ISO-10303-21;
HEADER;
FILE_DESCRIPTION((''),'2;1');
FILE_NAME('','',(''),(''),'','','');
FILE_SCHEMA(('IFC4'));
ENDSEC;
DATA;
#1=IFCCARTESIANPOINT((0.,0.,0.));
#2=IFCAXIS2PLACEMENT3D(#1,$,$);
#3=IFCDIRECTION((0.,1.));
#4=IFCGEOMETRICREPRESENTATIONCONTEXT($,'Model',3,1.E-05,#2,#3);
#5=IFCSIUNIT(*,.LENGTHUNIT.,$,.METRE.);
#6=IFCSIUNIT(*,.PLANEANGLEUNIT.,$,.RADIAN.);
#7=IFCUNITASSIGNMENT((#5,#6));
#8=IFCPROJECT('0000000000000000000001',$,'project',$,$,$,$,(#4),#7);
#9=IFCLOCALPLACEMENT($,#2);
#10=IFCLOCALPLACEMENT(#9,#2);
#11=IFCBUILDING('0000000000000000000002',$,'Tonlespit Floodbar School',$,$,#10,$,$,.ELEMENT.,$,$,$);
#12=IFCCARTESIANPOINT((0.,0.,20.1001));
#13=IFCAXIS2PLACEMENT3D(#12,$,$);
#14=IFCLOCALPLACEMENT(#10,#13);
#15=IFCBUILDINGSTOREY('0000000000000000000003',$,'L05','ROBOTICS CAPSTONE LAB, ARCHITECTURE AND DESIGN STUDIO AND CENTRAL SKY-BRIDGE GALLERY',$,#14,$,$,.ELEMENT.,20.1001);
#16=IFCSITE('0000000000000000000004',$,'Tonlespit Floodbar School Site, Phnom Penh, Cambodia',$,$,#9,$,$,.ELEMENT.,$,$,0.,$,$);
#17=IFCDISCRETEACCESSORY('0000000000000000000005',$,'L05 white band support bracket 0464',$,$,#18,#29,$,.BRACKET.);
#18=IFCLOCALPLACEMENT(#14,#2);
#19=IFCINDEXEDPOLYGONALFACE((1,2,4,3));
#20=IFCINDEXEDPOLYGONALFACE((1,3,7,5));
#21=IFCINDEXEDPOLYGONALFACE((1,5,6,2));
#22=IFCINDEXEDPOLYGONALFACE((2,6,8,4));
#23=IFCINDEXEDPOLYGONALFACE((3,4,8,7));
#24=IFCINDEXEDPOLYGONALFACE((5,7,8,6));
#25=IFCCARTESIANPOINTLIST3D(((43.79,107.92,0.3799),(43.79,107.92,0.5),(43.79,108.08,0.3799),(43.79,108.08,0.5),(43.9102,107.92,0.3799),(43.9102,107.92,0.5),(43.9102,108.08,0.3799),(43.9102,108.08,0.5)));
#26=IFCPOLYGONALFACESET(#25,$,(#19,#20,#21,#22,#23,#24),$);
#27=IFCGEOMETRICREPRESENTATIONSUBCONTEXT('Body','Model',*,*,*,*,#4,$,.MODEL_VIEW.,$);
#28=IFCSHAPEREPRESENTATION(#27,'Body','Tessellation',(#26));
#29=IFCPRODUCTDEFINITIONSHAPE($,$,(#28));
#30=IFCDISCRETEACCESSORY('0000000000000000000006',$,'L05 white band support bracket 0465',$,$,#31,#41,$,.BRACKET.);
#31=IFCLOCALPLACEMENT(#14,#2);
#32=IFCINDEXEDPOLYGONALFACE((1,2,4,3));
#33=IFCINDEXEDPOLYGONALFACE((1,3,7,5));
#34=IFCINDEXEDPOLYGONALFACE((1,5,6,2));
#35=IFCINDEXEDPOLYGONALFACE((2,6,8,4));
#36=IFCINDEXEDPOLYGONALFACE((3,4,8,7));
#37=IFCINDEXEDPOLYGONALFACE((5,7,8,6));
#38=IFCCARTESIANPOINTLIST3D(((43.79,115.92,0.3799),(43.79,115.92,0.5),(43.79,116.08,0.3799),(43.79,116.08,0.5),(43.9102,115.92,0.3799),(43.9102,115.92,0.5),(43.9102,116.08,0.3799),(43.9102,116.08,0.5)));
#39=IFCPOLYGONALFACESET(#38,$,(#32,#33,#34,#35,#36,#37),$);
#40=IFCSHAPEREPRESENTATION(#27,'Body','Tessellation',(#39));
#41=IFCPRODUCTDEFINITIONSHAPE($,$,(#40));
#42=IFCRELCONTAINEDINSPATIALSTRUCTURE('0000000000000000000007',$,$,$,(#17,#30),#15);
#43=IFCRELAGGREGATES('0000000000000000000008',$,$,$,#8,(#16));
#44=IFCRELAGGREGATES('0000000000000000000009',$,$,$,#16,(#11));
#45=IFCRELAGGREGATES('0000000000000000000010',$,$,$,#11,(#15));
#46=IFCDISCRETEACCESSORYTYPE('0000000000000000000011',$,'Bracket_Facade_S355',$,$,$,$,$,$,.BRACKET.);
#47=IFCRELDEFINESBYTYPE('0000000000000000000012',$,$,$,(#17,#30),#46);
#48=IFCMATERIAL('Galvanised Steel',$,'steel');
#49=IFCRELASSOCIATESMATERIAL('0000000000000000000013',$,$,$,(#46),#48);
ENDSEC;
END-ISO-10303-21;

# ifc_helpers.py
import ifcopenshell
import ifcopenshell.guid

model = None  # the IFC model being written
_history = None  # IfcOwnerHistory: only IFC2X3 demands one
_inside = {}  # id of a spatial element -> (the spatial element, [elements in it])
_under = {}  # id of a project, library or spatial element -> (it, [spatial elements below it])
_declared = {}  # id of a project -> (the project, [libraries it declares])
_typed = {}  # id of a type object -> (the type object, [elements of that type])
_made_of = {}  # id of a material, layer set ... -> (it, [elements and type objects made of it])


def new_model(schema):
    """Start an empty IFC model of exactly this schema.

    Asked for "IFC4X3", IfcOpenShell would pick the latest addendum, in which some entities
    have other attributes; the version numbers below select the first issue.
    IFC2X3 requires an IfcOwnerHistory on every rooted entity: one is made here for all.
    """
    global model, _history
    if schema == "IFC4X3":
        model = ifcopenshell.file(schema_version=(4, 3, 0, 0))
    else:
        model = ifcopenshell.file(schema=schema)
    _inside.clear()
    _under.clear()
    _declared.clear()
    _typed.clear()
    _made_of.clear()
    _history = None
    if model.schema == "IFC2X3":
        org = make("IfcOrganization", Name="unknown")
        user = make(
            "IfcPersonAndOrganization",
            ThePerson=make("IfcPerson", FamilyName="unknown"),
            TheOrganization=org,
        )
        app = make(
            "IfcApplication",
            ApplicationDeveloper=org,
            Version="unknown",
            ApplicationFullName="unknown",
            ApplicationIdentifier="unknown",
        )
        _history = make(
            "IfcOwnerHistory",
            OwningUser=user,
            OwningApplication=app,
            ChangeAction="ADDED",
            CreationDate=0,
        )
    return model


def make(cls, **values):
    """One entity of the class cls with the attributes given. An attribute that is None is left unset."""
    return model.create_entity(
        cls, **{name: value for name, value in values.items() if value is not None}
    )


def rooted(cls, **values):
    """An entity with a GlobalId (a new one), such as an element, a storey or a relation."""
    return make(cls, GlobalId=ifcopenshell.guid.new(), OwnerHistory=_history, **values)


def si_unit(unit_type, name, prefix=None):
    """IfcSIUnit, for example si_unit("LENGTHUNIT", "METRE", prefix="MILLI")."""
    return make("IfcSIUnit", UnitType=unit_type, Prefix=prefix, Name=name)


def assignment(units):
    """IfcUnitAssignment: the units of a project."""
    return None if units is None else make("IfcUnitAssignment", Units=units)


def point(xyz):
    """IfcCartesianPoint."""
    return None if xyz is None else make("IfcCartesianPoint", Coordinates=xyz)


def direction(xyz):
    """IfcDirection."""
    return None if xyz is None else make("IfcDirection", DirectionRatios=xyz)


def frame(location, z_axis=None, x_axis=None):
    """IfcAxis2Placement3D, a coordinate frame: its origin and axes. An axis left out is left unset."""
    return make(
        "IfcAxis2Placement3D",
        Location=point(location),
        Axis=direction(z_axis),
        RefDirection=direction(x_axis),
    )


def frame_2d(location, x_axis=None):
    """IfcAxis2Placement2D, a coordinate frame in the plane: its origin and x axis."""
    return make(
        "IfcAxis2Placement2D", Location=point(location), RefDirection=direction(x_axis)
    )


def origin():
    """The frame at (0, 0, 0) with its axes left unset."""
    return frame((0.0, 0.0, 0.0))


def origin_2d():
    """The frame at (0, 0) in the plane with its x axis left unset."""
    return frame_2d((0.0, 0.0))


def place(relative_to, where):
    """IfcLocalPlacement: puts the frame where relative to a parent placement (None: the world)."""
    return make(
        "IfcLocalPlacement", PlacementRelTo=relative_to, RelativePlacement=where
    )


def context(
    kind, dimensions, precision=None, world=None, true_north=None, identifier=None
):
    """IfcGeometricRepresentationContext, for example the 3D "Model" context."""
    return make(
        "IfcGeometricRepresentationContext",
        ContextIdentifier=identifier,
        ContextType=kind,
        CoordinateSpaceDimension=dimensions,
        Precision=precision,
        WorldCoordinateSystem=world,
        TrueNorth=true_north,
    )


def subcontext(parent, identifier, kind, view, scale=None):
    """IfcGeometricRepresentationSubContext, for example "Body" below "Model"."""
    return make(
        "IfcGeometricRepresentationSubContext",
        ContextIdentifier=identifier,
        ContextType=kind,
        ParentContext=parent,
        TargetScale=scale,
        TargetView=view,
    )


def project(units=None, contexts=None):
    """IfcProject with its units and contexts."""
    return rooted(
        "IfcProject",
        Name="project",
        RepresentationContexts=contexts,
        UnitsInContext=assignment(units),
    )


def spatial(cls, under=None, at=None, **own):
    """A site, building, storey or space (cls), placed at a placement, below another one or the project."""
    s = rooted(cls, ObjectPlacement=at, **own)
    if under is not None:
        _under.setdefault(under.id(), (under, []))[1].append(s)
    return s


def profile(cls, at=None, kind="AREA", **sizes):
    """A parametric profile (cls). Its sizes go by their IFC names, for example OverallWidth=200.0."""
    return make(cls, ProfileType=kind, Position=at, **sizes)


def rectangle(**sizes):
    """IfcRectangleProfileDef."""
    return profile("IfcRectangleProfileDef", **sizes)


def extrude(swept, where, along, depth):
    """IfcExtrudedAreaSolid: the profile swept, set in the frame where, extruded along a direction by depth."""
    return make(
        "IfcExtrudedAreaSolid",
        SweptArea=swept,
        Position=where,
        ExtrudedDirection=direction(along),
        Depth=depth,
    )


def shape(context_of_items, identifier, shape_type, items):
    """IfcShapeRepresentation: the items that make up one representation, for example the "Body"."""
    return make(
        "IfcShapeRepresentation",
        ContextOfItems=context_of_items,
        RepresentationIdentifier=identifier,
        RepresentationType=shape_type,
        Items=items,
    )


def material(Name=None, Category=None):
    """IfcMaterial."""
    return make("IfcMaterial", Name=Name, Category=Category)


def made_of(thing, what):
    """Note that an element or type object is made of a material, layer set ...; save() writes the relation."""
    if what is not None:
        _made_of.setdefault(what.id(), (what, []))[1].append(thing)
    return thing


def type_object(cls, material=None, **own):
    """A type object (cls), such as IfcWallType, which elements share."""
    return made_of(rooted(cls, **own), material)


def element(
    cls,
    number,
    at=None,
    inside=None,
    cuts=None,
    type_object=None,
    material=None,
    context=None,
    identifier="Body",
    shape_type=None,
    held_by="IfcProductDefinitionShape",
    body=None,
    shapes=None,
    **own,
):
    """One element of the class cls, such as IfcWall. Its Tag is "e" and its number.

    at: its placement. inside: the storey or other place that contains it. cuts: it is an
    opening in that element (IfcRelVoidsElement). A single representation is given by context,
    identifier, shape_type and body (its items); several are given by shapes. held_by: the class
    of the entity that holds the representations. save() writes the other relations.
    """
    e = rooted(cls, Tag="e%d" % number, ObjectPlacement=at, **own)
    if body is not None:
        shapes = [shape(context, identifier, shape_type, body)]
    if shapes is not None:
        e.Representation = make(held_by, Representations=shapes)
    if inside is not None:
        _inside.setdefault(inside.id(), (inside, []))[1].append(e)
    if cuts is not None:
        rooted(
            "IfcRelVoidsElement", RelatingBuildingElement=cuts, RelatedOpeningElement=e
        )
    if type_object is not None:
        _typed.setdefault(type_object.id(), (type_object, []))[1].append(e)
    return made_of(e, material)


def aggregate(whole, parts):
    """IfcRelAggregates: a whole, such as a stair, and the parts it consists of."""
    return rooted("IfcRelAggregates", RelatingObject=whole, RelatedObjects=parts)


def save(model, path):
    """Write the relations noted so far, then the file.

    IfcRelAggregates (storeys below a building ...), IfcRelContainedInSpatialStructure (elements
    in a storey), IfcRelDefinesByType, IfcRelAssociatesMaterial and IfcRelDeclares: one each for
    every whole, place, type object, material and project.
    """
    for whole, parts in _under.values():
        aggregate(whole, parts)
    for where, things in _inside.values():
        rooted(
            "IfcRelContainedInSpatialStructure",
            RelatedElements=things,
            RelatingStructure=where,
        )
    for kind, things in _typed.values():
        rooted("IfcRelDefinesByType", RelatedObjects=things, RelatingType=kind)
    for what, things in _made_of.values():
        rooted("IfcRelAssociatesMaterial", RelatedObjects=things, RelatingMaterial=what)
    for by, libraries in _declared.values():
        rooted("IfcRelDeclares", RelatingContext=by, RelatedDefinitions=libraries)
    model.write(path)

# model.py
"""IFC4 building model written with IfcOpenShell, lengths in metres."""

from ifc_helpers import new_model, si_unit, direction, frame, origin, origin_2d, place, context, subcontext, project, spatial, rectangle, extrude, material, type_object, element, save


model = new_model("IFC4")

# Units and contexts
model_context = context("Model", 3, precision=1e-05, world=origin(), true_north=direction((0.0, 1.0)))
body_context = subcontext(model_context, "Body", "Model", "MODEL_VIEW")
ifc_project = project(units=[si_unit("LENGTHUNIT", "METRE"), si_unit("PLANEANGLEUNIT", "RADIAN")], contexts=[model_context])

# Site, building, storey
site_placement = place(None, origin())
site = spatial("IfcSite", under=ifc_project, at=site_placement, Name="Tonlespit Floodbar School Site, Phnom Penh, Cambodia", CompositionType="ELEMENT", RefElevation=0.0)
building_placement = place(site_placement, origin())
building = spatial("IfcBuilding", under=site, at=building_placement, Name="Tonlespit Floodbar School", CompositionType="ELEMENT")
storey_placement = place(building_placement, frame((0.0, 0.0, 20.1001)))
storey = spatial("IfcBuildingStorey", under=building, at=storey_placement, Name="L05", Description="ROBOTICS CAPSTONE LAB, ARCHITECTURE AND DESIGN STUDIO AND CENTRAL SKY-BRIDGE GALLERY", CompositionType="ELEMENT", Elevation=20.1001)

# Discrete accessories
ifc_material_1 = material(Name="Galvanised Steel", Category="steel")
discrete_accessory_type = type_object("IfcDiscreteAccessoryType", Name="Bracket_Facade_S355", PredefinedType="BRACKET", material=ifc_material_1)
for number, where, z_axis, x_axis, name in (
    (1, (43.8501, 108.0, 0.3799), (0.0, 0.0, 1.0), (0.0, 1.0, 0.0), "L05 white band support bracket 0464"),
    (2, (43.8501, 116.0, 0.3799), (0.0, 0.0, 1.0), (0.0, 1.0, 0.0), "L05 white band support bracket 0465"),
):
    element("IfcDiscreteAccessory", number, at=place(storey_placement, frame(where, z_axis=z_axis, x_axis=x_axis)), inside=storey, type_object=discrete_accessory_type, Name=name, PredefinedType="BRACKET", context=body_context, shape_type="SweptSolid", body=[
        extrude(rectangle(XDim=0.1599, YDim=0.1201, at=origin_2d()), origin(), (0.0, 0.0, 1.0), 0.1201),
    ])

save(model, "model.ifc")
